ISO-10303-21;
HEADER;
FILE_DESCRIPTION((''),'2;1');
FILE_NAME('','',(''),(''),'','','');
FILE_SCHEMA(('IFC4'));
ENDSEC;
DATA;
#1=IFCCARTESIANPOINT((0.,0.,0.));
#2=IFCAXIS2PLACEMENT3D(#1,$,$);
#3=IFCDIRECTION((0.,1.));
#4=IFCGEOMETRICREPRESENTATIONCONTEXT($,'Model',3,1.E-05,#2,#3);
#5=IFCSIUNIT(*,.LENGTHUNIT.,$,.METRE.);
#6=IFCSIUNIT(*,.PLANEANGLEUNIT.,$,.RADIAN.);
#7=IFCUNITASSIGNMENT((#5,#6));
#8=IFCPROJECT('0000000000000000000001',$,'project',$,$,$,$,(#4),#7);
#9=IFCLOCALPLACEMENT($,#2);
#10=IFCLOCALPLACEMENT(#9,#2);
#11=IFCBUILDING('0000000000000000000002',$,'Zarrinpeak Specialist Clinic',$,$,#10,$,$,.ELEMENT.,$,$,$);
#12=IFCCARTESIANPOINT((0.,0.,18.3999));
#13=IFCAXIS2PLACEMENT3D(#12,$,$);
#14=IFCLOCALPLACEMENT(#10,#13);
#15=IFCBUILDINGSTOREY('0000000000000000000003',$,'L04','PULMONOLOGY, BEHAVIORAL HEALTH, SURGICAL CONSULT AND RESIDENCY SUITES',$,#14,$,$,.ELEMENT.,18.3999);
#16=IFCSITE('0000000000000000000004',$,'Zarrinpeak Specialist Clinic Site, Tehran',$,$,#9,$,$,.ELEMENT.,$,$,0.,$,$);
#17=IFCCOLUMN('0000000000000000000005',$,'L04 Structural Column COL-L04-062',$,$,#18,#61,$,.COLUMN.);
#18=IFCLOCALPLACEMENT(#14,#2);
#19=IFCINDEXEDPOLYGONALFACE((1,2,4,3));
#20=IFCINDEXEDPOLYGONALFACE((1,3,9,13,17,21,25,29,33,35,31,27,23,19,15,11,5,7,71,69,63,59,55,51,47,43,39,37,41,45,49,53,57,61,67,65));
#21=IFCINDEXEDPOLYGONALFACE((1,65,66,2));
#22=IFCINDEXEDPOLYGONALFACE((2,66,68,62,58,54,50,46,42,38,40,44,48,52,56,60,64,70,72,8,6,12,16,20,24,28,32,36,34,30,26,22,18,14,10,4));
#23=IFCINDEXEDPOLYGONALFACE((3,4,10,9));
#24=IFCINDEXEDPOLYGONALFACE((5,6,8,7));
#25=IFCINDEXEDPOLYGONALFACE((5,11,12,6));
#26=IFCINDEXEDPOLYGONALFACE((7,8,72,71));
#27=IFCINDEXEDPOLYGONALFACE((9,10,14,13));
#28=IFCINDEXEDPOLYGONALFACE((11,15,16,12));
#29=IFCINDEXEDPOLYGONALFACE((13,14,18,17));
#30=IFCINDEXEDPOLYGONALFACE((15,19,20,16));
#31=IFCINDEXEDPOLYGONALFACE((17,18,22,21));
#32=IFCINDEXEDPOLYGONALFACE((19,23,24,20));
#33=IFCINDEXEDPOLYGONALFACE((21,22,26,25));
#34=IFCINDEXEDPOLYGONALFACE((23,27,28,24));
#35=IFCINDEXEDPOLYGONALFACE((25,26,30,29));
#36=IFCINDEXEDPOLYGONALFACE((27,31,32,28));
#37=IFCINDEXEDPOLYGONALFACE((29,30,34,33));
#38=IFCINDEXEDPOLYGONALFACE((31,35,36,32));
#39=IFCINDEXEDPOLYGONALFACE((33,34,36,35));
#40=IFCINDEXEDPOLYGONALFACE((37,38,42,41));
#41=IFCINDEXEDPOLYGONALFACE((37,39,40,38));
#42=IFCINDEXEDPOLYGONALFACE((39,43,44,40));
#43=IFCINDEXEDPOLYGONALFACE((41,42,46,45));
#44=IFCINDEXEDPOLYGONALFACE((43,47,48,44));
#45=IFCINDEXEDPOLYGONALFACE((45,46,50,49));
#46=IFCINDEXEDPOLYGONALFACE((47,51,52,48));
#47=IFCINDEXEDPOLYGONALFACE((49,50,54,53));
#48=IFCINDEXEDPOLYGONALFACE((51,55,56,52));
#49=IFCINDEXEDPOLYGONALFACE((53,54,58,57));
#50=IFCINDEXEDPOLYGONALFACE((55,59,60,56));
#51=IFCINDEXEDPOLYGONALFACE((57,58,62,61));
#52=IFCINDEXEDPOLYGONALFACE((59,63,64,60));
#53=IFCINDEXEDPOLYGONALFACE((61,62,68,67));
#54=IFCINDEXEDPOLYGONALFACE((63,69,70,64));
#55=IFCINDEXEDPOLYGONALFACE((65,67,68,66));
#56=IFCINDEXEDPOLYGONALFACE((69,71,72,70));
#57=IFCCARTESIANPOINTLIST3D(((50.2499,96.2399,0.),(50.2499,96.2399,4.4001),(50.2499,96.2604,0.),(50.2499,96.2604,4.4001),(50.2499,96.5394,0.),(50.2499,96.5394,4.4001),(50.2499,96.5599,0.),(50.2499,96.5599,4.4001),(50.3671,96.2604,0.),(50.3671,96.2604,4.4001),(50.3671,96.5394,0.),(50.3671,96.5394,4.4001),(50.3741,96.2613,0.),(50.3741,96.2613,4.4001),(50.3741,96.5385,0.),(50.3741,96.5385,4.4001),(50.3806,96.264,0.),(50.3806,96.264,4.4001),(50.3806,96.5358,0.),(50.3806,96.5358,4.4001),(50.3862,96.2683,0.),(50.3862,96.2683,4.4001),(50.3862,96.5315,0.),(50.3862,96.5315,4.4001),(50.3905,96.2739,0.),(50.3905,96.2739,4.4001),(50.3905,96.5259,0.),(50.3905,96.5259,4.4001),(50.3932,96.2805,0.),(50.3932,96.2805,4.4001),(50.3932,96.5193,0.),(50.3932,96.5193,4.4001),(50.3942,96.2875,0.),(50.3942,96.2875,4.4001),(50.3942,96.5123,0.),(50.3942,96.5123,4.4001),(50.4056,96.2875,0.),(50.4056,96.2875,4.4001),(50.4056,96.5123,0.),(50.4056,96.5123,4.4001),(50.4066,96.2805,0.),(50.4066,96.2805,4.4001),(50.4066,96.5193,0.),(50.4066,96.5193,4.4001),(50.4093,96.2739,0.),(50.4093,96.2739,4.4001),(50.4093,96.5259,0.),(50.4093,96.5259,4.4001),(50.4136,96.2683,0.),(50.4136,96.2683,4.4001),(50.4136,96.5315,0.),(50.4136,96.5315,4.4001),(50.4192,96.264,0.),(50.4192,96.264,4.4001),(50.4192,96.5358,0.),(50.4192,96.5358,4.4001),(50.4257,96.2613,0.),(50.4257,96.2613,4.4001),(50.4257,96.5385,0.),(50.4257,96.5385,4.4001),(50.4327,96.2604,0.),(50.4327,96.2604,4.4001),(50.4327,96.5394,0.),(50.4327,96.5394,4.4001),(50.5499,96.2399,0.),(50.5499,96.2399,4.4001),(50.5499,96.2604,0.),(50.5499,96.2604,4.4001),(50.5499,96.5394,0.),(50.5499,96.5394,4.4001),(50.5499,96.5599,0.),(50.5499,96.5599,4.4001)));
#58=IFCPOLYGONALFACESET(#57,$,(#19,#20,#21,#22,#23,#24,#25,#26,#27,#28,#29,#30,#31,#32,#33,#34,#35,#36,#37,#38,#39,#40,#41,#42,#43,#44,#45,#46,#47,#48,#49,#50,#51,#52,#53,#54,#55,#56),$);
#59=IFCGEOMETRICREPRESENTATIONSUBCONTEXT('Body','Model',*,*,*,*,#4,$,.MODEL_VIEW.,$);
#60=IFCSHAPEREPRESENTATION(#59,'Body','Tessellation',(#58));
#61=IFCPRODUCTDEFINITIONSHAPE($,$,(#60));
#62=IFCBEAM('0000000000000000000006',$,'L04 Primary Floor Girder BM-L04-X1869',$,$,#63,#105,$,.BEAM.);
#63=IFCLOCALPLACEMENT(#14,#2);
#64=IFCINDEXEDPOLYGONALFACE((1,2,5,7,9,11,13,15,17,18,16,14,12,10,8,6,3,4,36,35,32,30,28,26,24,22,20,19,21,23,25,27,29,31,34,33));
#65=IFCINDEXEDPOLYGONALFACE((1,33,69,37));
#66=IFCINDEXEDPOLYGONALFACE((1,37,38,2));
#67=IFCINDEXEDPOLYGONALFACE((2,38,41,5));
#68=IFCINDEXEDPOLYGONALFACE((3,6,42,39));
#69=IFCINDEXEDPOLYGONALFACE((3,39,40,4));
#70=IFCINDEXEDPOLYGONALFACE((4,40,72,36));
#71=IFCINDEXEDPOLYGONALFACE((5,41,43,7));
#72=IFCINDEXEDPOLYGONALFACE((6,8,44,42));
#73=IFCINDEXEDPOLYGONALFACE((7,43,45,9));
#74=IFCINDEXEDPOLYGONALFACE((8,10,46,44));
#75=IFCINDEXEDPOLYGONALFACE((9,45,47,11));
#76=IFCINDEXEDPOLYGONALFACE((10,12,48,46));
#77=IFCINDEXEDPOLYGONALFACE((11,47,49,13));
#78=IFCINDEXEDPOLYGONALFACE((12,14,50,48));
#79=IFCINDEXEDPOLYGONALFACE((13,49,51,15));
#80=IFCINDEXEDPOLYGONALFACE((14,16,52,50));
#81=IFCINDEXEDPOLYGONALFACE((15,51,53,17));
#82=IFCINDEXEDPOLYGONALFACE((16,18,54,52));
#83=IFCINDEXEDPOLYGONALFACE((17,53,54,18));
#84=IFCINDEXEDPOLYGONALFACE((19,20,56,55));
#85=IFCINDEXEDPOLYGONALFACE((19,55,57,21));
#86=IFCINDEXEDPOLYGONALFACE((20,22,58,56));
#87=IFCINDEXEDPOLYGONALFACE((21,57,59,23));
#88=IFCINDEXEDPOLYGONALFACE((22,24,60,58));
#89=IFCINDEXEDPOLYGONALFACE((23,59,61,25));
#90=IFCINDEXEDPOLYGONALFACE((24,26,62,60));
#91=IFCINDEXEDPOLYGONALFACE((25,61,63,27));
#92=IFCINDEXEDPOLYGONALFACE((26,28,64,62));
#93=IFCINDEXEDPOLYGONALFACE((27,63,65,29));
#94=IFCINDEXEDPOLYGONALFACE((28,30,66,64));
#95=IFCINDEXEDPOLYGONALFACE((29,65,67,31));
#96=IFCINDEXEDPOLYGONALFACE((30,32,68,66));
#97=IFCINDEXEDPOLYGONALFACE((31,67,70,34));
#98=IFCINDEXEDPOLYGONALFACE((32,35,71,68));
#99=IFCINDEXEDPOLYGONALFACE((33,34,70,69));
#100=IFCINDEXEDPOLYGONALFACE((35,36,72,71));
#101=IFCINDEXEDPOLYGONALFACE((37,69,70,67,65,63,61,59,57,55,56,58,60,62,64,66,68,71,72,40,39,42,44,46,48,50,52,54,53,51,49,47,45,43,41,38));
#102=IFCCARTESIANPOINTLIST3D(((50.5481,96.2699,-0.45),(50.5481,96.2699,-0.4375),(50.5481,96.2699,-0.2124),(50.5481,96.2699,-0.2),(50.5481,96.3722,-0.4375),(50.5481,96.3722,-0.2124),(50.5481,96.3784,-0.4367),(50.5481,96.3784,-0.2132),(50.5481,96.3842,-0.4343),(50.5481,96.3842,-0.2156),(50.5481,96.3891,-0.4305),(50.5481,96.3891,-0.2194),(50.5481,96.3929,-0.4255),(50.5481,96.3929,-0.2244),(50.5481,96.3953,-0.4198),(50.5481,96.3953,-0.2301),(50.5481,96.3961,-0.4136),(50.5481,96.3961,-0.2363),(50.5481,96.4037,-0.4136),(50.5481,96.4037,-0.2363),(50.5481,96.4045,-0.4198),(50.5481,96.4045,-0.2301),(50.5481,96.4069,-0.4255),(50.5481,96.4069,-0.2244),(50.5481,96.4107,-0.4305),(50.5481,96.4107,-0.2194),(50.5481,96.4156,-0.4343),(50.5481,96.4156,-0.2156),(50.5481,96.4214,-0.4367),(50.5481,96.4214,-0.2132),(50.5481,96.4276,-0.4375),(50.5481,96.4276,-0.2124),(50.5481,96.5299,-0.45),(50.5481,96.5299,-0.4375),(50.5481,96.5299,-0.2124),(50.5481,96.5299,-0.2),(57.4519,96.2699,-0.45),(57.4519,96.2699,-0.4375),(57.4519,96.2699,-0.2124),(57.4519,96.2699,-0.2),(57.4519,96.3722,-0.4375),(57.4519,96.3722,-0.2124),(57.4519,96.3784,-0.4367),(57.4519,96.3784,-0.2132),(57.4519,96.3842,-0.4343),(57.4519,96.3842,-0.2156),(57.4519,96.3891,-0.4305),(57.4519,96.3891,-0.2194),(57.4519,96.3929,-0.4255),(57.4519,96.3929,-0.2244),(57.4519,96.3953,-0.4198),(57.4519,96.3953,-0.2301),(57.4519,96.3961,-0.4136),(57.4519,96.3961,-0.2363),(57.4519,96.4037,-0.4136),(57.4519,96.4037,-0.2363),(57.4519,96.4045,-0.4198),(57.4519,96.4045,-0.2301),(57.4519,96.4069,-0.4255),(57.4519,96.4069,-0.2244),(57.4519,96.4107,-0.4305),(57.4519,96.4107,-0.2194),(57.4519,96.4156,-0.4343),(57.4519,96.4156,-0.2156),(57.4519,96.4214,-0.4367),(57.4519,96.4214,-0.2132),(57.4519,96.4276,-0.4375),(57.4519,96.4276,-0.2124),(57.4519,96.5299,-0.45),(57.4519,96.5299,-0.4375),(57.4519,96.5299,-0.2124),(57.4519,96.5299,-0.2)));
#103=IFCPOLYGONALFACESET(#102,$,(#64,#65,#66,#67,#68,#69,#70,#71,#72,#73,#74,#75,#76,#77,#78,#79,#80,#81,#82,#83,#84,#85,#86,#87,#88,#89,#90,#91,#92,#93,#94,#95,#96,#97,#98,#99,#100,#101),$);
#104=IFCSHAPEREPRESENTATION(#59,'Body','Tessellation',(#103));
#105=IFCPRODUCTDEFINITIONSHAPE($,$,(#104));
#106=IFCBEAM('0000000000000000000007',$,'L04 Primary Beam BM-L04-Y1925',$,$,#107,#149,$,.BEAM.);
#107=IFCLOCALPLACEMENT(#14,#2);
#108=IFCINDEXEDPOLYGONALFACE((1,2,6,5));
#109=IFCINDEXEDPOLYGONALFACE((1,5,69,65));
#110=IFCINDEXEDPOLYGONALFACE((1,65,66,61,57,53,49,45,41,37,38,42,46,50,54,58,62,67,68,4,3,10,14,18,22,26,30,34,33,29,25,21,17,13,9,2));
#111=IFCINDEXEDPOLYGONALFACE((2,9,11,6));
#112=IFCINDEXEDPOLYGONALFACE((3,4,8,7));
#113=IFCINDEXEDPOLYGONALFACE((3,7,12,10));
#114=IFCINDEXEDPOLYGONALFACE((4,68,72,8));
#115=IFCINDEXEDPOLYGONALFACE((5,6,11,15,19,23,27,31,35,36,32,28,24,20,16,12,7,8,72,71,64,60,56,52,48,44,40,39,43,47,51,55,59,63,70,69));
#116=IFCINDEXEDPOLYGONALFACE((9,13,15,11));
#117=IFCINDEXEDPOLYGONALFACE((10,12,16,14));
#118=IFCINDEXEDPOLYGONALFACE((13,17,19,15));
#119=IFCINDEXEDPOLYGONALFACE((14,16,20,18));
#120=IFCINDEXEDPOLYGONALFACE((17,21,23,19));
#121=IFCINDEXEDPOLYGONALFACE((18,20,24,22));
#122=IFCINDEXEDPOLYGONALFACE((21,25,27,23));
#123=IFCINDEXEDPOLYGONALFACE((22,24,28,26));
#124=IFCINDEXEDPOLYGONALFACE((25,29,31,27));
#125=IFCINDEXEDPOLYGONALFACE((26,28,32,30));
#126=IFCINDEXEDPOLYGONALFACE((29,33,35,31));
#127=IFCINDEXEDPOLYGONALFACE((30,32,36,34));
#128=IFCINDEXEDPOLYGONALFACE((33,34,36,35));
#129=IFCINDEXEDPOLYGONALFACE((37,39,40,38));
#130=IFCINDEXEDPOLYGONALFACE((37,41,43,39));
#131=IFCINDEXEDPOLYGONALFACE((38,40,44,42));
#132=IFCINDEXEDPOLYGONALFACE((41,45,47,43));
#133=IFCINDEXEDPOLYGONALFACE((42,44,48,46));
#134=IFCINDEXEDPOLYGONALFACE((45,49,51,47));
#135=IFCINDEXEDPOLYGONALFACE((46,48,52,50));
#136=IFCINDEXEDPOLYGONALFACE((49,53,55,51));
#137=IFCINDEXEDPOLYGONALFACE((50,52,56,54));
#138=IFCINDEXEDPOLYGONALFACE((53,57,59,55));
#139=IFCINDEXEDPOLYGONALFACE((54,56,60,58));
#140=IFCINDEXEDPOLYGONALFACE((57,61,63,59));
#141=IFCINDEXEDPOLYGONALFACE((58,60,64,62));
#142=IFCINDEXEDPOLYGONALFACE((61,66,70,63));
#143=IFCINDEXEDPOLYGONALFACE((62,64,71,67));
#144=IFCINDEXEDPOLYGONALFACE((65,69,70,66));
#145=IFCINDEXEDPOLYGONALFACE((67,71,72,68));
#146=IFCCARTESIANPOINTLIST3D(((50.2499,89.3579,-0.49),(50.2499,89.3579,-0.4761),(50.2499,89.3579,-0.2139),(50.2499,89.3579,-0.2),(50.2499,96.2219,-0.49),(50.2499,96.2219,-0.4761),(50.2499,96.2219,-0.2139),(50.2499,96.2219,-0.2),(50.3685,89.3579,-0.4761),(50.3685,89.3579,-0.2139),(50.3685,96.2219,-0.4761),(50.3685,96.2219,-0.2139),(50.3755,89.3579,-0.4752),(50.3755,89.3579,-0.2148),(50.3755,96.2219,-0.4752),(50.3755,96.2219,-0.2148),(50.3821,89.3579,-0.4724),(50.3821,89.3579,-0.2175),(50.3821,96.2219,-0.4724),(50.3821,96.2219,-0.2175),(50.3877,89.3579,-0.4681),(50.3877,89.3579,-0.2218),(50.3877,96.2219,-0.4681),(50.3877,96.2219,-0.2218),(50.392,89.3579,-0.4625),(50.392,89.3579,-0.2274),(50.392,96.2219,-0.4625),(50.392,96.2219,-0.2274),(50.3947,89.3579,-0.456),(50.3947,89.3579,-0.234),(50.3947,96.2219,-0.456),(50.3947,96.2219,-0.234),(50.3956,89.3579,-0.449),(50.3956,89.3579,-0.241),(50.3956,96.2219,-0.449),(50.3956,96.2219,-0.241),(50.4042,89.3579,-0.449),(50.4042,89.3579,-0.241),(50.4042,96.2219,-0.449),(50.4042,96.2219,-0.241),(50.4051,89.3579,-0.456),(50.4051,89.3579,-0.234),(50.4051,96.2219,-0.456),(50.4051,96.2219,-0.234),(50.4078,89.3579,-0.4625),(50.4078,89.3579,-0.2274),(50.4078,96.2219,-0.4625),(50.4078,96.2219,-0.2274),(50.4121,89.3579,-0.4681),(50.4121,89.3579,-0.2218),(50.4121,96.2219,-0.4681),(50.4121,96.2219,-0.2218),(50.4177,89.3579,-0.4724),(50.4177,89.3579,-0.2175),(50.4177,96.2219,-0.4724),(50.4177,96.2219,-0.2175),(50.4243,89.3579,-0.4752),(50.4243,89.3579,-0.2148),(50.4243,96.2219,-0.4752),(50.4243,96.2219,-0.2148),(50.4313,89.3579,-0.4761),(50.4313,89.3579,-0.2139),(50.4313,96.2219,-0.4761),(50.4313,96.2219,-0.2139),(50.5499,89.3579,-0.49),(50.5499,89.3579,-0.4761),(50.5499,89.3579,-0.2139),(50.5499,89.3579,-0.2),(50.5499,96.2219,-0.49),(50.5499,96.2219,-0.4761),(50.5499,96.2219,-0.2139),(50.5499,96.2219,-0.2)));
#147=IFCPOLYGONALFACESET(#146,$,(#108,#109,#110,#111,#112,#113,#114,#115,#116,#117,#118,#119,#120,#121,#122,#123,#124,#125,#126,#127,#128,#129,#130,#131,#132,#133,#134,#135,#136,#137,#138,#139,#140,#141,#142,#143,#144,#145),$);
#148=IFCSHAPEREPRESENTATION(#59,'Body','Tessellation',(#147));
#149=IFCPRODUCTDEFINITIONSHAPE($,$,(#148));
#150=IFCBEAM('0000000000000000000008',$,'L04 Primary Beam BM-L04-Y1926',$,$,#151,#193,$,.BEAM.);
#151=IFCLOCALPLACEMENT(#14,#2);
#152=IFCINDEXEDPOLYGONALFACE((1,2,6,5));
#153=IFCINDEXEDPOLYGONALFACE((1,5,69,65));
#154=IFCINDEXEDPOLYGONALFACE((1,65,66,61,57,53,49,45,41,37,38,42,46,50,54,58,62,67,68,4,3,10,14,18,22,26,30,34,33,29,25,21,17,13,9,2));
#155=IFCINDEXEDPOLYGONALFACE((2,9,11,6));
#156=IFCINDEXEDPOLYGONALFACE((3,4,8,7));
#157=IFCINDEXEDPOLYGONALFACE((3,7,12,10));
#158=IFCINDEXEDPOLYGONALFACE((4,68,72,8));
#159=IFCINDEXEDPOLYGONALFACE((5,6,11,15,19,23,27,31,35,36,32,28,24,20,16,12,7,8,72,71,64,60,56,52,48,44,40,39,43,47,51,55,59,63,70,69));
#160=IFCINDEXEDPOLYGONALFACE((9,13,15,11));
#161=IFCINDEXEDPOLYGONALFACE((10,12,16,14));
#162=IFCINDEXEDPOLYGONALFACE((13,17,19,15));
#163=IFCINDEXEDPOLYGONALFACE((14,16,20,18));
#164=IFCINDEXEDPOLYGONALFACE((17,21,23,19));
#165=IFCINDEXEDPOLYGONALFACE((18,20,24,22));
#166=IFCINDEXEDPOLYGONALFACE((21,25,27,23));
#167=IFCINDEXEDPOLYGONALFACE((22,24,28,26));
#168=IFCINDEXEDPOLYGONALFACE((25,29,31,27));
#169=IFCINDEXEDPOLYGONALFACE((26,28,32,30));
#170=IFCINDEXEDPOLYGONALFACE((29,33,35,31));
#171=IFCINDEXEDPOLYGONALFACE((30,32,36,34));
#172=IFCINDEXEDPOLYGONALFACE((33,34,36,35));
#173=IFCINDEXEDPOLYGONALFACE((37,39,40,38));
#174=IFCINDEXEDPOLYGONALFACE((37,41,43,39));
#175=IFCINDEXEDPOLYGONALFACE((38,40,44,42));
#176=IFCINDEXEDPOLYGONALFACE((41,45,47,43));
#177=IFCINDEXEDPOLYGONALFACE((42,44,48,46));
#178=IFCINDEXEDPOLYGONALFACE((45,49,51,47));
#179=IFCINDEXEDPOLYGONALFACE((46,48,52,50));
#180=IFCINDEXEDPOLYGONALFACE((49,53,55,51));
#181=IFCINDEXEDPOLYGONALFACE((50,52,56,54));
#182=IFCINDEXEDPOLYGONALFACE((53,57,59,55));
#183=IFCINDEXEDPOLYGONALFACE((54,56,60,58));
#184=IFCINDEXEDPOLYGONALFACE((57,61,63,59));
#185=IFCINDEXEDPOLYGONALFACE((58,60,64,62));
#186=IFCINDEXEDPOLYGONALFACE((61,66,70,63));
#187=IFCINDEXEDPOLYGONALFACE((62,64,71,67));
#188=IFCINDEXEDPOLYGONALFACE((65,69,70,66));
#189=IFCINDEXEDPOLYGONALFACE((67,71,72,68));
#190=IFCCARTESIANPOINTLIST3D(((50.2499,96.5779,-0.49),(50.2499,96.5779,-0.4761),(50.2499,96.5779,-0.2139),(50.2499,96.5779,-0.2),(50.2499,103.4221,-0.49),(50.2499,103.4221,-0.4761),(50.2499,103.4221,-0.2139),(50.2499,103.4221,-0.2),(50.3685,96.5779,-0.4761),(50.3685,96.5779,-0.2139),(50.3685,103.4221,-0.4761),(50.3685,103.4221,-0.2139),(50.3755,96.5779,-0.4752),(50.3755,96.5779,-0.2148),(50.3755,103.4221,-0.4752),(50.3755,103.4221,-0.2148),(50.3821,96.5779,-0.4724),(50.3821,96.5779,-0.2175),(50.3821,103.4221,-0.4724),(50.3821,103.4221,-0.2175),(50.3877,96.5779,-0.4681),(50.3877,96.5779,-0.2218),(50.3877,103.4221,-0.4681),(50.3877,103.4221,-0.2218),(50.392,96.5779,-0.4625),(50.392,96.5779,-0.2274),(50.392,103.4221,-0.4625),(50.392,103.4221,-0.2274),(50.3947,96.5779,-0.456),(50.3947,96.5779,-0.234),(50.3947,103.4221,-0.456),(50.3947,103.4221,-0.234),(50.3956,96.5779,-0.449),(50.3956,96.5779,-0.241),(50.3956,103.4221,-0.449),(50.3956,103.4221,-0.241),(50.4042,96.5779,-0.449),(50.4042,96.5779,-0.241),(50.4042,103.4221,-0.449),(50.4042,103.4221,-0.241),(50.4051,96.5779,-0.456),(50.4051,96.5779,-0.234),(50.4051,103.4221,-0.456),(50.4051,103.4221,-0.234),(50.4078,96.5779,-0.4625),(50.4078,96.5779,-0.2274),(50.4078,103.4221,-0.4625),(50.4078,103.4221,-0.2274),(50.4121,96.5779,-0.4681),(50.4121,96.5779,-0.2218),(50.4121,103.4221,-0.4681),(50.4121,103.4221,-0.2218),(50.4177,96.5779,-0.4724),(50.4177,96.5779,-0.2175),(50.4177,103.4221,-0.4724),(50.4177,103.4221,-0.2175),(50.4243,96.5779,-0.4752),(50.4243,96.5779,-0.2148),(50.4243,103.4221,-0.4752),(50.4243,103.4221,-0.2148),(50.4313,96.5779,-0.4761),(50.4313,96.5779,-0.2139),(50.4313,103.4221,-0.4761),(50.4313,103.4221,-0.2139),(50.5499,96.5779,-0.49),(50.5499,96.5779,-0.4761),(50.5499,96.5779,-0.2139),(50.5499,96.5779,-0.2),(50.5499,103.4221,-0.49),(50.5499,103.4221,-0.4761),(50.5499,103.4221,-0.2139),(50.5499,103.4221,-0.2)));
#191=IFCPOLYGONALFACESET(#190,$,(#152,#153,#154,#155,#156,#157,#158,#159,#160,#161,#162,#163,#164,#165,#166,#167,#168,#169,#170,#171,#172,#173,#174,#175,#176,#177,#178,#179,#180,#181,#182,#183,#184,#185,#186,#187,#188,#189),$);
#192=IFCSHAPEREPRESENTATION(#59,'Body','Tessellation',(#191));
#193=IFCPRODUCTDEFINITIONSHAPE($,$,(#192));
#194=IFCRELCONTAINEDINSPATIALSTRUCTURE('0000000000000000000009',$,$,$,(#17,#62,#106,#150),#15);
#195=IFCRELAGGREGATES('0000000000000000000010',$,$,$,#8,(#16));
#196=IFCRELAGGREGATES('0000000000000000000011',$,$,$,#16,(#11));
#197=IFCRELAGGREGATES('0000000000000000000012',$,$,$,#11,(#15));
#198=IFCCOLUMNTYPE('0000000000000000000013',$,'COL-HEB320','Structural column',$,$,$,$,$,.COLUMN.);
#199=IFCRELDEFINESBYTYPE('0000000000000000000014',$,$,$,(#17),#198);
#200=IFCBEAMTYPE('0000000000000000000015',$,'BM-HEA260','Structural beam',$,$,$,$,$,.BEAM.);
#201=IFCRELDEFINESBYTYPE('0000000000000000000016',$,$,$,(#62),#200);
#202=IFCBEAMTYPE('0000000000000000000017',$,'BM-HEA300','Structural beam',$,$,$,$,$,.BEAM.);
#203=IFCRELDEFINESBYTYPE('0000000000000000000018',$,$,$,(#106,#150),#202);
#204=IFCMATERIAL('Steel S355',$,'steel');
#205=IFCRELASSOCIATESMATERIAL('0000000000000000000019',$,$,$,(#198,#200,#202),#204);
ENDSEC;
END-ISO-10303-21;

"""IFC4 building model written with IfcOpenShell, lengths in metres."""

from ifc_helpers import new_model, si_unit, direction, frame, origin, origin_2d, place, context, subcontext, project, spatial, i_section, extrude, material, material_profile, profile_set, type_object, element, save


model = new_model("IFC4")

# Units and contexts
model_context = context("Model", 3, precision=1e-05, world=origin(), true_north=direction((0.0, 1.0)))
body_context = subcontext(model_context, "Body", "Model", "MODEL_VIEW")
ifc_project = project(units=[si_unit("LENGTHUNIT", "METRE"), si_unit("PLANEANGLEUNIT", "RADIAN")], contexts=[model_context])

# Site, building, storey
site_placement = place(None, origin())
site = spatial("IfcSite", under=ifc_project, at=site_placement, Name="Zarrinpeak Specialist Clinic Site, Tehran", CompositionType="ELEMENT", RefElevation=0.0)
building_placement = place(site_placement, origin())
building = spatial("IfcBuilding", under=site, at=building_placement, Name="Zarrinpeak Specialist Clinic", CompositionType="ELEMENT")
storey_placement = place(building_placement, frame((0.0, 0.0, 18.3999)))
storey = spatial("IfcBuildingStorey", under=building, at=storey_placement, Name="L04", Description="PULMONOLOGY, BEHAVIORAL HEALTH, SURGICAL CONSULT AND RESIDENCY SUITES", CompositionType="ELEMENT", Elevation=18.3999)

# Column
ifc_material_1 = material(Name="Steel S355", Category="steel")
ifc_material_profile_1 = material_profile(ifc_material_1, i_section(OverallWidth=0.3, OverallDepth=0.3201, WebThickness=0.0115, FlangeThickness=0.0205, FilletRadius=0.0271, at=origin_2d()), Name="HEB 320")
ifc_profile_set_1 = profile_set([ifc_material_profile_1], Name="Steel S355")
column_type = type_object("IfcColumnType", Name="COL-HEB320", Description="Structural column", PredefinedType="COLUMN", material=ifc_profile_set_1)
column_placement = place(storey_placement, frame((50.3999, 96.3999, 0.0), z_axis=(0.0, 0.0, 1.0), x_axis=(1.0, 0.0, 0.0)))
element("IfcColumn", 1, at=column_placement, inside=storey, type_object=column_type, Name="L04 Structural Column COL-L04-062", PredefinedType="COLUMN", context=body_context, shape_type="SweptSolid", body=[
    extrude(i_section(OverallWidth=0.3, OverallDepth=0.3201, WebThickness=0.0115, FlangeThickness=0.0205, FilletRadius=0.0271, at=origin_2d()), origin(), (0.0, 0.0, 1.0), 4.4001),
])

# Beams
ifc_material_profile_2 = material_profile(ifc_material_1, i_section(OverallWidth=0.26, OverallDepth=0.25, WebThickness=0.0076, FlangeThickness=0.0125, FilletRadius=0.0239, at=origin_2d()), Name="HEA 260")
ifc_profile_set_2 = profile_set([ifc_material_profile_2], Name="Steel S355")
beam_type_1 = type_object("IfcBeamType", Name="BM-HEA260", Description="Structural beam", PredefinedType="BEAM", material=ifc_profile_set_2)
beam_1_placement = place(storey_placement, frame((50.5481, 96.3999, -0.325), z_axis=(1.0, 0.0, 0.0), x_axis=(0.0, 1.0, 0.0)))
element("IfcBeam", 2, at=beam_1_placement, inside=storey, type_object=beam_type_1, Name="L04 Primary Floor Girder BM-L04-X1869", PredefinedType="BEAM", context=body_context, shape_type="SweptSolid", body=[
    extrude(i_section(OverallWidth=0.26, OverallDepth=0.25, WebThickness=0.0076, FlangeThickness=0.0125, FilletRadius=0.0239, at=origin_2d()), origin(), (0.0, 0.0, 1.0), 6.9038),
])
ifc_material_profile_3 = material_profile(ifc_material_1, i_section(OverallWidth=0.3, OverallDepth=0.29, WebThickness=0.0085, FlangeThickness=0.0139, FilletRadius=0.0271, at=origin_2d()), Name="HEA 300")
ifc_profile_set_3 = profile_set([ifc_material_profile_3], Name="Steel S355")
beam_type_2 = type_object("IfcBeamType", Name="BM-HEA300", Description="Structural beam", PredefinedType="BEAM", material=ifc_profile_set_3)
beam_2_placement = place(storey_placement, frame((50.3999, 89.3579, -0.345), z_axis=(0.0, 1.0, 0.0), x_axis=(-1.0, 0.0, 0.0)))
element("IfcBeam", 3, at=beam_2_placement, inside=storey, type_object=beam_type_2, Name="L04 Primary Beam BM-L04-Y1925", PredefinedType="BEAM", context=body_context, shape_type="SweptSolid", body=[
    extrude(i_section(OverallWidth=0.3, OverallDepth=0.29, WebThickness=0.0085, FlangeThickness=0.0139, FilletRadius=0.0271, at=origin_2d()), origin(), (0.0, 0.0, 1.0), 6.864),
])
beam_3_placement = place(storey_placement, frame((50.3999, 96.5779, -0.345), z_axis=(0.0, 1.0, 0.0), x_axis=(-1.0, 0.0, 0.0)))
element("IfcBeam", 4, at=beam_3_placement, inside=storey, type_object=beam_type_2, Name="L04 Primary Beam BM-L04-Y1926", PredefinedType="BEAM", context=body_context, shape_type="SweptSolid", body=[
    extrude(i_section(OverallWidth=0.3, OverallDepth=0.29, WebThickness=0.0085, FlangeThickness=0.0139, FilletRadius=0.0271, at=origin_2d()), origin(), (0.0, 0.0, 1.0), 6.8442),
])

save(model, "model.ifc")
